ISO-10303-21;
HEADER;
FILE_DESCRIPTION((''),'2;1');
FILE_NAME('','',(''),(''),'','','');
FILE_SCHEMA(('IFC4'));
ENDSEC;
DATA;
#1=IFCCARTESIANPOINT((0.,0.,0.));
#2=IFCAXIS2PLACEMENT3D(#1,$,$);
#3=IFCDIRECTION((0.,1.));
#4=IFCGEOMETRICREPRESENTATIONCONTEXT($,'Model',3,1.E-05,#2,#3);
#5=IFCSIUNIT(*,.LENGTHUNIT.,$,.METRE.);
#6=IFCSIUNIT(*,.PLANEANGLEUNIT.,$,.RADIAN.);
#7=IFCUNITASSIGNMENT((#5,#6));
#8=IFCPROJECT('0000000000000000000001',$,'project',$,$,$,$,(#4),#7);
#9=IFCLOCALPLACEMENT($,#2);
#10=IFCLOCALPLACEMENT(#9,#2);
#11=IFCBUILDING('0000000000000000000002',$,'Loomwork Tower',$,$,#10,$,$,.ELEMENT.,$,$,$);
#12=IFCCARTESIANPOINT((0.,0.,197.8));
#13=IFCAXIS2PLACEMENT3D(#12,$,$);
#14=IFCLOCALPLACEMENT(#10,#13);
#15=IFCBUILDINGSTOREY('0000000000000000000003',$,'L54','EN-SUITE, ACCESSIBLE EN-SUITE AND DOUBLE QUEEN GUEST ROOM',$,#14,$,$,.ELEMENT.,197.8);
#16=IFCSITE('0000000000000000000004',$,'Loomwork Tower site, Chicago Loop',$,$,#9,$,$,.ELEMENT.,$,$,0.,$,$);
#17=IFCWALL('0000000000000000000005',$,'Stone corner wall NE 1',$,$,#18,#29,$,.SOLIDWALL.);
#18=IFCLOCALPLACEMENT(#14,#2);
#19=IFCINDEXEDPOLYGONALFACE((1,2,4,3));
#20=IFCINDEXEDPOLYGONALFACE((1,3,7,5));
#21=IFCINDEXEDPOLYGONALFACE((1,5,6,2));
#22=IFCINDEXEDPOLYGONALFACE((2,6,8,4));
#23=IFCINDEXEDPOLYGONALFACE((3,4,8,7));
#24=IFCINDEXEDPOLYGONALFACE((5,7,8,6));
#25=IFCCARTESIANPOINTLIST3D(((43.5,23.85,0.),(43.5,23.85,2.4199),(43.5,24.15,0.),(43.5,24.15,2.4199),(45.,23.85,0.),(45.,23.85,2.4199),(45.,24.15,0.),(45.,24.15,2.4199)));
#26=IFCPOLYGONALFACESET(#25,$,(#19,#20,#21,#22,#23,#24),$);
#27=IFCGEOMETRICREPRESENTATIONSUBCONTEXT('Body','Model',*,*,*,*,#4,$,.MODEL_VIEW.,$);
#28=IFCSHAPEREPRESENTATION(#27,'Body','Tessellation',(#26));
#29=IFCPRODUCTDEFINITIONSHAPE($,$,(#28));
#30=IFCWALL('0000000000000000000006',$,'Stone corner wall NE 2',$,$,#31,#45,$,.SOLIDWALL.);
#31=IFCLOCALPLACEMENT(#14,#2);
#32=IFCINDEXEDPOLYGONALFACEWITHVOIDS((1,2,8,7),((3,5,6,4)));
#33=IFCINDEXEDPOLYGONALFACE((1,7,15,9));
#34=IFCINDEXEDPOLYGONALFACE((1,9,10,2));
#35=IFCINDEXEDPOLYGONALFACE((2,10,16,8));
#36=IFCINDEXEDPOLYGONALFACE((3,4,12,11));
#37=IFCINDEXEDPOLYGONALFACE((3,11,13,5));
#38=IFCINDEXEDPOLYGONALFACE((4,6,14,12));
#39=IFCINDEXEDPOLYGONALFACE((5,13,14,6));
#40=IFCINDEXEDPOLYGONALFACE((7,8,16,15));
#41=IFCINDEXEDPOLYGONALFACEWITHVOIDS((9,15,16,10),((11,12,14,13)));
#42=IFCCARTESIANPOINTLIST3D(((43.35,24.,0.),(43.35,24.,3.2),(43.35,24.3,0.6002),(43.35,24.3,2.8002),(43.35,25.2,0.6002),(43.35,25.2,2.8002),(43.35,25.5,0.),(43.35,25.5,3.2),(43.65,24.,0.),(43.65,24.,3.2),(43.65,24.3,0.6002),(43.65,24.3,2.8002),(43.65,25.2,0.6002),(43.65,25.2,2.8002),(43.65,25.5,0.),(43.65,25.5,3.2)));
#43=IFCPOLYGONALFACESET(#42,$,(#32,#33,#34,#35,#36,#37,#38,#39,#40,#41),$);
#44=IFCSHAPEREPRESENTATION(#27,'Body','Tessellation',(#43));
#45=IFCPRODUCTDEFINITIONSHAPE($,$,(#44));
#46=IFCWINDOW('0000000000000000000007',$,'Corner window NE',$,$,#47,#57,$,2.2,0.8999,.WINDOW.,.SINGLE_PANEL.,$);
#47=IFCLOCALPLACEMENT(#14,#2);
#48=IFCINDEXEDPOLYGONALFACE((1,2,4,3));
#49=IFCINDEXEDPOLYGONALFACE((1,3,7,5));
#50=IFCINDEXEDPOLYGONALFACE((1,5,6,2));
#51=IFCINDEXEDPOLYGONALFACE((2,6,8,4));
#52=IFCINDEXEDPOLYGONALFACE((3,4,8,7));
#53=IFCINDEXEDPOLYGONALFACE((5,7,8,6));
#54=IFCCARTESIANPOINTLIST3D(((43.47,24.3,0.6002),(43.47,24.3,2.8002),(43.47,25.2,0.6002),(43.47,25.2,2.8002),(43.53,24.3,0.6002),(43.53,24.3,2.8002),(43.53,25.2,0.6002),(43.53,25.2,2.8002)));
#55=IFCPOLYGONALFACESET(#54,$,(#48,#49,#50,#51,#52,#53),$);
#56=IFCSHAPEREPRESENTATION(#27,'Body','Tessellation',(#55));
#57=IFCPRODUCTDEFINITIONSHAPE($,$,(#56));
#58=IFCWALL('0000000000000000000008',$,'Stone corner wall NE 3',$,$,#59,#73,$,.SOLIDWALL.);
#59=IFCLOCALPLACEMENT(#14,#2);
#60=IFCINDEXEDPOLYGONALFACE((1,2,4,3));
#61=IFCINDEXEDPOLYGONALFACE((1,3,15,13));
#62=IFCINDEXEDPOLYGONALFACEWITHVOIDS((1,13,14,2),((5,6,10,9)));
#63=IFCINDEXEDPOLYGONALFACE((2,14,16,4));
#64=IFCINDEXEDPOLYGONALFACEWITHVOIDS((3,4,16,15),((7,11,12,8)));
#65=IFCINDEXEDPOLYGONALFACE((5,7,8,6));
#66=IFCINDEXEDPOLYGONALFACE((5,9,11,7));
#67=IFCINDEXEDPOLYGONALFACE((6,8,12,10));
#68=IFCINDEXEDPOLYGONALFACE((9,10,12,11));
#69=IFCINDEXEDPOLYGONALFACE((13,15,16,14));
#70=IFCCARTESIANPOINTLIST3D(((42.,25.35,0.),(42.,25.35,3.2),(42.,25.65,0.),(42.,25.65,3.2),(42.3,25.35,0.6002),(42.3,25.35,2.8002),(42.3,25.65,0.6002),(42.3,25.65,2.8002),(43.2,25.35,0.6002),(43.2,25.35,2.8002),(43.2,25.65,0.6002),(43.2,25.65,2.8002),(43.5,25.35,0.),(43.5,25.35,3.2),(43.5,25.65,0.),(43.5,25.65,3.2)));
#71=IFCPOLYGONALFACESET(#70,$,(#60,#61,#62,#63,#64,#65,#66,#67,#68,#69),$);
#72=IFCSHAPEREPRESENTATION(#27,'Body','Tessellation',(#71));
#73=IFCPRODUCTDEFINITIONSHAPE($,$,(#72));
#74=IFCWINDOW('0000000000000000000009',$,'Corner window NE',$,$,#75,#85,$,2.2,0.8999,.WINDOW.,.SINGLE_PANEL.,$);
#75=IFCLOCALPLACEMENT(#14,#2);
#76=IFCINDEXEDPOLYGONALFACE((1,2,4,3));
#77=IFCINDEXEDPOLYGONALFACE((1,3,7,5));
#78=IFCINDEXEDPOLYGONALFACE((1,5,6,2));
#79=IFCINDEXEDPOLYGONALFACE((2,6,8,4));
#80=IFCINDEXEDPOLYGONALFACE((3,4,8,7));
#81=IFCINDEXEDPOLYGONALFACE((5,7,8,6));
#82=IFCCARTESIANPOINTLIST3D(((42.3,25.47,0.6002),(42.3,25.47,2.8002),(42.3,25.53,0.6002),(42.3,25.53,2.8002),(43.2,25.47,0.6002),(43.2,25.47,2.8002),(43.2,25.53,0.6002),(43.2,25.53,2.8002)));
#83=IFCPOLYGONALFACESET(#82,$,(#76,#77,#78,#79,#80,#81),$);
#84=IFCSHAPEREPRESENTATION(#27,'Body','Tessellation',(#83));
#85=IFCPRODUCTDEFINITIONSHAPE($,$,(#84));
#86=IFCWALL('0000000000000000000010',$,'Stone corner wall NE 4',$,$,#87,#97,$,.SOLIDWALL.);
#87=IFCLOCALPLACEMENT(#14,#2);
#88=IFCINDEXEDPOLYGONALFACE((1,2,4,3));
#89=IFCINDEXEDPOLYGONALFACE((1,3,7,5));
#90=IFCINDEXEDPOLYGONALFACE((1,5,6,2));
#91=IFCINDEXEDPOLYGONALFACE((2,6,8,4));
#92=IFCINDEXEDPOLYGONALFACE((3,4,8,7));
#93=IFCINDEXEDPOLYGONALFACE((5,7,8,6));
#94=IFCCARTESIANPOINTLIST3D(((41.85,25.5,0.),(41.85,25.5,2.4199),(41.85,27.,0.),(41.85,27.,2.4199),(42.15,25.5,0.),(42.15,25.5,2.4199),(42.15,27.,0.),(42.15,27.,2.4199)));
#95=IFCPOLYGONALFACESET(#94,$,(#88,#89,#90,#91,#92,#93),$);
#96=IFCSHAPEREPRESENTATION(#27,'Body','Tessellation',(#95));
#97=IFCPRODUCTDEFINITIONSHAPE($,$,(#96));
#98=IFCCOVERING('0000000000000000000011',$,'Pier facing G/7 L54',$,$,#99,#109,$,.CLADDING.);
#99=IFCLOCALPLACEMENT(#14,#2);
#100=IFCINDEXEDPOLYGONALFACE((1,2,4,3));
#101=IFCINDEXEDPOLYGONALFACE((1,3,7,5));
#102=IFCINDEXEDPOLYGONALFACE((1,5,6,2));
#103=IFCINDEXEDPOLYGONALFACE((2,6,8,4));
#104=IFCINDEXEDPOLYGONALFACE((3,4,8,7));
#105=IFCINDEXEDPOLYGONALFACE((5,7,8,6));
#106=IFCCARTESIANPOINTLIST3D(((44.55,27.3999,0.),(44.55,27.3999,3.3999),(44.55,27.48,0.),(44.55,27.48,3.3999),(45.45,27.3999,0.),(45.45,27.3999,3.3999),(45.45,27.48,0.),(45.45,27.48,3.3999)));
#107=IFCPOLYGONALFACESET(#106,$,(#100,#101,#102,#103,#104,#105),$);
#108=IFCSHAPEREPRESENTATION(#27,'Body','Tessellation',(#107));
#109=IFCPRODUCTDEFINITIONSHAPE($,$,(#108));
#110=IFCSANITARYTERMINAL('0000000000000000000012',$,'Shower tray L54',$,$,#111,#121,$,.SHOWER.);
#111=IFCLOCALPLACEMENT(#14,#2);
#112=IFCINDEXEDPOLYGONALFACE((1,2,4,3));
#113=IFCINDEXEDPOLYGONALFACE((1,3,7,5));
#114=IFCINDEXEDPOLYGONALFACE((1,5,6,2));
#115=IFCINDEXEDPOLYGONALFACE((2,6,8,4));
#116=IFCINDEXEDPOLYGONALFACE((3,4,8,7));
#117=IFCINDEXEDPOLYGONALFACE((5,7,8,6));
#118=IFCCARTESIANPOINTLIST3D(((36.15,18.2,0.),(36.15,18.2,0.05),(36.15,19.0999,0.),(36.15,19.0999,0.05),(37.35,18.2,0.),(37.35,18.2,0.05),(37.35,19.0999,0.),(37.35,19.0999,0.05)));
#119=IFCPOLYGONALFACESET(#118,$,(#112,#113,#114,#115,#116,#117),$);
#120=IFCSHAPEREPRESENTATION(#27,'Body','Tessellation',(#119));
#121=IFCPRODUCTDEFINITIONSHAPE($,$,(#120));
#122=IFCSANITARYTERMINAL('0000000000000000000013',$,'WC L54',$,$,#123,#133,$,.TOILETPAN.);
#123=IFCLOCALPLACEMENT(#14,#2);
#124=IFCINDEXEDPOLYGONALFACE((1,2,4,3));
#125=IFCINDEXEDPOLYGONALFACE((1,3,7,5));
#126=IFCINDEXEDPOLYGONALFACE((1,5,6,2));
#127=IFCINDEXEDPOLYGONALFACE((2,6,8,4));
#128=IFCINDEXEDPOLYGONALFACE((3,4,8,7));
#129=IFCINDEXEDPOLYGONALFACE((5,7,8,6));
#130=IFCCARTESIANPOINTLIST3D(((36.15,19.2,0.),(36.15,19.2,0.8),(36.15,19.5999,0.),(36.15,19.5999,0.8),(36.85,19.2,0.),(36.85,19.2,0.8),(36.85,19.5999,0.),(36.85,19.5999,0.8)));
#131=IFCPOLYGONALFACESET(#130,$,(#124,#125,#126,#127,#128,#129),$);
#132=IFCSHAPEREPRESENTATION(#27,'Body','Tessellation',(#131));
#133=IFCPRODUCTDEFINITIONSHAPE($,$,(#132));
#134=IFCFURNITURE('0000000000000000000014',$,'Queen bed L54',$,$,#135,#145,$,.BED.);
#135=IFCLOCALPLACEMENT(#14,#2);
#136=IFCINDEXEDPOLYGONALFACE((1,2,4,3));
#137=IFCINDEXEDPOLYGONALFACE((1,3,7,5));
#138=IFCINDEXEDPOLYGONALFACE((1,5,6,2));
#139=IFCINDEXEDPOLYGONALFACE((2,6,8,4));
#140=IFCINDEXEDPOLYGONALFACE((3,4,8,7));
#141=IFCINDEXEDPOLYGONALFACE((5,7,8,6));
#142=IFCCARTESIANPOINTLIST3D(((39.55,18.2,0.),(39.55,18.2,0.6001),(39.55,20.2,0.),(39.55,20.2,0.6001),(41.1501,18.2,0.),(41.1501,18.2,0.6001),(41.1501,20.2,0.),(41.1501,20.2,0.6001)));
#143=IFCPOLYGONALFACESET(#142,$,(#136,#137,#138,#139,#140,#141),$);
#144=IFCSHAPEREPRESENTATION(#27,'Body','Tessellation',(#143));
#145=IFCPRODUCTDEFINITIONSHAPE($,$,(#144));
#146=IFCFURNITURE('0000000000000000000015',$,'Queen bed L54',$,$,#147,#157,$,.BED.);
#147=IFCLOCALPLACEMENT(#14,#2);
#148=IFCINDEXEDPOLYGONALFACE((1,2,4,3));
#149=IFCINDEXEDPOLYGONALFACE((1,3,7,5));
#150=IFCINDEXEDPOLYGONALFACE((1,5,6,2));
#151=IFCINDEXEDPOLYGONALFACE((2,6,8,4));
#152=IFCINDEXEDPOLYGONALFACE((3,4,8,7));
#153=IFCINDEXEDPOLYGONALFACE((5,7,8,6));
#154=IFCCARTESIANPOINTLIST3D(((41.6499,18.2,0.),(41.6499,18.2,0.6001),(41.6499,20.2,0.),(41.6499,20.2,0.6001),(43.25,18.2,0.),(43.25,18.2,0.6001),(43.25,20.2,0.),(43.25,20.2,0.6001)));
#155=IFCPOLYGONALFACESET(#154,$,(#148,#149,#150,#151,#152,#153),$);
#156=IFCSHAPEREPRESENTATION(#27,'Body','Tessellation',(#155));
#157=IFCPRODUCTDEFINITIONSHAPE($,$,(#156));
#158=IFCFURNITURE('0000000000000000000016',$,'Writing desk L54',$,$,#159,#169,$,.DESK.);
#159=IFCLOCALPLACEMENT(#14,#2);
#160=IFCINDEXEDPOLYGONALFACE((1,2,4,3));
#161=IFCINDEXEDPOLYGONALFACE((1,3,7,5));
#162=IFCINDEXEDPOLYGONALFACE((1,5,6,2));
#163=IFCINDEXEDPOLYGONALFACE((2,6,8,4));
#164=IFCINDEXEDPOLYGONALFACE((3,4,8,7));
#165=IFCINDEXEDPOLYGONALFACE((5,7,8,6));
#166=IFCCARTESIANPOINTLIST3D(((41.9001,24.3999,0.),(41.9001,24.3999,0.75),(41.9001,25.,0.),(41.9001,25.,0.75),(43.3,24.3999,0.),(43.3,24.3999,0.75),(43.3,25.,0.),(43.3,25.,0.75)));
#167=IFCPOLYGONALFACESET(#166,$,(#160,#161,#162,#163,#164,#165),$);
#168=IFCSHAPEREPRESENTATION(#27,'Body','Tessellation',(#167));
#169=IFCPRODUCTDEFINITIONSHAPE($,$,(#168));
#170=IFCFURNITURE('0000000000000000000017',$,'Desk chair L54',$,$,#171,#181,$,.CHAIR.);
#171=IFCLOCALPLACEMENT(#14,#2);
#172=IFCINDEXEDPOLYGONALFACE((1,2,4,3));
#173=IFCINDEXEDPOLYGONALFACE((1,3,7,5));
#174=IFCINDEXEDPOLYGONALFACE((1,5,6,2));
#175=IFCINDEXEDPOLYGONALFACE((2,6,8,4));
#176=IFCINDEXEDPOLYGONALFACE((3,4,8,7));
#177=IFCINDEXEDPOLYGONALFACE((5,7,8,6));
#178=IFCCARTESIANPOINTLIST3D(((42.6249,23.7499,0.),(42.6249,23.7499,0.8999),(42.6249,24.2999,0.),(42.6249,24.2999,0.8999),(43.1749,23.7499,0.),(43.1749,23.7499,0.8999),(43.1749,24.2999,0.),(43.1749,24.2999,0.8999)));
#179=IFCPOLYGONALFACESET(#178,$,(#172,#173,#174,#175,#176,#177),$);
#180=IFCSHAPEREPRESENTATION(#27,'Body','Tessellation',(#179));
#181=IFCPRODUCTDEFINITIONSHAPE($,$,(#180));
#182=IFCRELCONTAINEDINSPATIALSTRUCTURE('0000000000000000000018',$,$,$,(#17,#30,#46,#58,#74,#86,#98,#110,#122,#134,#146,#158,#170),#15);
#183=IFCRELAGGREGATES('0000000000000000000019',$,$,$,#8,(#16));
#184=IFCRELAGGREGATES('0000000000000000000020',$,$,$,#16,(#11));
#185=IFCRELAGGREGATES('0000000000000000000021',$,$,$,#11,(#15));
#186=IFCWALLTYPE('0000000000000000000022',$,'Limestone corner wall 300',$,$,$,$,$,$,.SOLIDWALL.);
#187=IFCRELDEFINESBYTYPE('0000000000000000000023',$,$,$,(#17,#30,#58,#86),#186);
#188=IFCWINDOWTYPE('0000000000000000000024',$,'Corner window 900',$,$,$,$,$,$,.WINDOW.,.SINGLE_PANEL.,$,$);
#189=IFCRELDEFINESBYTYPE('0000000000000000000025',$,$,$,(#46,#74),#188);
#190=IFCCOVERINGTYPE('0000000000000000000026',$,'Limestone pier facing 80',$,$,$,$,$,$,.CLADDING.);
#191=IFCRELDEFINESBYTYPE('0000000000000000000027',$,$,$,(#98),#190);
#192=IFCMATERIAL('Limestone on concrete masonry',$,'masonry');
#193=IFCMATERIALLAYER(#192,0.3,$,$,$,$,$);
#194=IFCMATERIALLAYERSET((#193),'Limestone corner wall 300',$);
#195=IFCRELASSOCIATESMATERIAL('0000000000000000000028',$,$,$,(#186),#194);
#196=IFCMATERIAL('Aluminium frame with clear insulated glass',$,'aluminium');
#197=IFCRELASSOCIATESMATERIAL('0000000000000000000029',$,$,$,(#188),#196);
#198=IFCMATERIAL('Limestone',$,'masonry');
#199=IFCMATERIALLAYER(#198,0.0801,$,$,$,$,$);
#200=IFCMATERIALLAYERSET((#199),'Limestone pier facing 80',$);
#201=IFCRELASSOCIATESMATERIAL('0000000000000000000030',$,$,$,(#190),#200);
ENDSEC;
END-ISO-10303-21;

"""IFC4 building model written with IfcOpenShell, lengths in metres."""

from ifc_helpers import new_model, si_unit, direction, frame, frame_2d, origin, origin_2d, place, context, subcontext, project, spatial, rectangle, extrude, material, layer, layer_set, type_object, element, fill, save


model = new_model("IFC4")

# Units and contexts
model_context = context("Model", 3, precision=1e-05, world=origin(), true_north=direction((0.0, 1.0)))
body_context = subcontext(model_context, "Body", "Model", "MODEL_VIEW")
ifc_project = project(units=[si_unit("LENGTHUNIT", "METRE"), si_unit("PLANEANGLEUNIT", "RADIAN")], contexts=[model_context])

# Site, building, storey
site_placement = place(None, origin())
site = spatial("IfcSite", under=ifc_project, at=site_placement, Name="Loomwork Tower site, Chicago Loop", CompositionType="ELEMENT", RefElevation=0.0)
building_placement = place(site_placement, origin())
building = spatial("IfcBuilding", under=site, at=building_placement, Name="Loomwork Tower", CompositionType="ELEMENT")
storey_placement = place(building_placement, frame((0.0, 0.0, 197.8)))
storey = spatial("IfcBuildingStorey", under=building, at=storey_placement, Name="L54", Description="EN-SUITE, ACCESSIBLE EN-SUITE AND DOUBLE QUEEN GUEST ROOM", CompositionType="ELEMENT", Elevation=197.8)

# Wall
ifc_material_1 = material(Name="Limestone on concrete masonry", Category="masonry")
ifc_layer_1 = layer(ifc_material_1, 0.3)
ifc_layer_set_1 = layer_set([ifc_layer_1], Name="Limestone corner wall 300")
wall_type = type_object("IfcWallType", Name="Limestone corner wall 300", PredefinedType="SOLIDWALL", material=ifc_layer_set_1)
wall_1_placement = place(storey_placement, frame((45.0, 24.0, 0.0), z_axis=(0.0, 0.0, 1.0), x_axis=(-1.0, 0.0, 0.0)))
element("IfcWall", 1, at=wall_1_placement, inside=storey, type_object=wall_type, Name="Stone corner wall NE 1", PredefinedType="SOLIDWALL", context=body_context, shape_type="SweptSolid", body=[
    extrude(rectangle(XDim=1.5, YDim=0.3, at=frame_2d((0.75, 0.0))), origin(), (0.0, 0.0, 1.0), 2.4199),
])

# Walls, openings, windows
wall_2_placement = place(storey_placement, frame((43.5, 24.0, 0.0), z_axis=(0.0, 0.0, 1.0), x_axis=(0.0, 1.0, 0.0)))
wall_2 = element("IfcWall", 2, at=wall_2_placement, inside=storey, type_object=wall_type, Name="Stone corner wall NE 2", PredefinedType="SOLIDWALL", context=body_context, shape_type="SweptSolid", body=[
    extrude(rectangle(XDim=1.5, YDim=0.3, at=frame_2d((0.75, 0.0))), origin(), (0.0, 0.0, 1.0), 3.2),
])
opening_1_placement = place(wall_2_placement, frame((0.3, 0.0, 0.6001)))
opening_1 = element("IfcOpeningElement", 3, at=opening_1_placement, cuts=wall_2, PredefinedType="OPENING", context=body_context, shape_type="SweptSolid", body=[
    extrude(rectangle(XDim=0.8999, YDim=2.2, at=frame_2d((0.45, 1.1001))), frame((0.0, 0.1599, 0.0), z_axis=(0.0, -1.0, 0.0), x_axis=(1.0, 0.0, 0.0)), (0.0, 0.0, 1.0), 0.3201),
])
ifc_material_2 = material(Name="Aluminium frame with clear insulated glass", Category="aluminium")
window_type = type_object("IfcWindowType", Name="Corner window 900", PartitioningType="SINGLE_PANEL", PredefinedType="WINDOW", material=ifc_material_2)
window_1_placement = place(opening_1_placement, origin())
window_1 = element("IfcWindow", 4, at=window_1_placement, inside=storey, type_object=window_type, Name="Corner window NE", OverallHeight=2.2, OverallWidth=0.8999, PartitioningType="SINGLE_PANEL", PredefinedType="WINDOW", context=body_context, shape_type="SweptSolid", body=[
    extrude(rectangle(XDim=0.8999, YDim=2.2, at=frame_2d((0.45, 1.1001))), frame((0.0, 0.03, 0.0), z_axis=(0.0, -1.0, 0.0), x_axis=(1.0, 0.0, 0.0)), (0.0, 0.0, 1.0), 0.0601),
])
fill(opening_1, window_1)
wall_3_placement = place(storey_placement, frame((43.5, 25.5, 0.0), z_axis=(0.0, 0.0, 1.0), x_axis=(-1.0, 0.0, 0.0)))
wall_3 = element("IfcWall", 5, at=wall_3_placement, inside=storey, type_object=wall_type, Name="Stone corner wall NE 3", PredefinedType="SOLIDWALL", context=body_context, shape_type="SweptSolid", body=[
    extrude(rectangle(XDim=1.5, YDim=0.3, at=frame_2d((0.75, 0.0))), origin(), (0.0, 0.0, 1.0), 3.2),
])
opening_2_placement = place(wall_3_placement, frame((0.3, 0.0, 0.6001)))
opening_2 = element("IfcOpeningElement", 6, at=opening_2_placement, cuts=wall_3, PredefinedType="OPENING", context=body_context, shape_type="SweptSolid", body=[
    extrude(rectangle(XDim=0.8999, YDim=2.2, at=frame_2d((0.45, 1.1001))), frame((0.0, 0.1599, 0.0), z_axis=(0.0, -1.0, 0.0), x_axis=(1.0, 0.0, 0.0)), (0.0, 0.0, 1.0), 0.3201),
])
window_2_placement = place(opening_2_placement, origin())
window_2 = element("IfcWindow", 7, at=window_2_placement, inside=storey, type_object=window_type, Name="Corner window NE", OverallHeight=2.2, OverallWidth=0.8999, PartitioningType="SINGLE_PANEL", PredefinedType="WINDOW", context=body_context, shape_type="SweptSolid", body=[
    extrude(rectangle(XDim=0.8999, YDim=2.2, at=frame_2d((0.45, 1.1001))), frame((0.0, 0.03, 0.0), z_axis=(0.0, -1.0, 0.0), x_axis=(1.0, 0.0, 0.0)), (0.0, 0.0, 1.0), 0.0601),
])
fill(opening_2, window_2)

# Wall
wall_4_placement = place(storey_placement, frame((42.0, 25.5, 0.0), z_axis=(0.0, 0.0, 1.0), x_axis=(0.0, 1.0, 0.0)))
element("IfcWall", 8, at=wall_4_placement, inside=storey, type_object=wall_type, Name="Stone corner wall NE 4", PredefinedType="SOLIDWALL", context=body_context, shape_type="SweptSolid", body=[
    extrude(rectangle(XDim=1.5, YDim=0.3, at=frame_2d((0.75, 0.0))), origin(), (0.0, 0.0, 1.0), 2.4199),
])

# Covering
ifc_material_3 = material(Name="Limestone", Category="masonry")
ifc_layer_2 = layer(ifc_material_3, 0.0801)
ifc_layer_set_2 = layer_set([ifc_layer_2], Name="Limestone pier facing 80")
covering_type = type_object("IfcCoveringType", Name="Limestone pier facing 80", PredefinedType="CLADDING", material=ifc_layer_set_2)
covering_placement = place(storey_placement, frame((45.0, 27.4399, 0.0), z_axis=(0.0, 0.0, 1.0), x_axis=(1.0, 0.0, 0.0)))
element("IfcCovering", 9, at=covering_placement, inside=storey, type_object=covering_type, Name="Pier facing G/7 L54", PredefinedType="CLADDING", context=body_context, shape_type="SweptSolid", body=[
    extrude(rectangle(XDim=0.8999, YDim=0.0801, at=origin_2d()), origin(), (0.0, 0.0, 1.0), 3.3999),
])

# Sanitary terminals
sanitary_terminal_1_placement = place(storey_placement, frame((36.75, 18.6499, 0.0), z_axis=(0.0, 0.0, 1.0), x_axis=(1.0, 0.0, 0.0)))
element("IfcSanitaryTerminal", 10, at=sanitary_terminal_1_placement, inside=storey, Name="Shower tray L54", PredefinedType="SHOWER", context=body_context, shape_type="SweptSolid", body=[
    extrude(rectangle(XDim=1.2, YDim=0.8999, at=origin_2d()), origin(), (0.0, 0.0, 1.0), 0.05),
])
sanitary_terminal_2_placement = place(storey_placement, frame((36.5, 19.3999, 0.0), z_axis=(0.0, 0.0, 1.0), x_axis=(1.0, 0.0, 0.0)))
element("IfcSanitaryTerminal", 11, at=sanitary_terminal_2_placement, inside=storey, Name="WC L54", PredefinedType="TOILETPAN", context=body_context, shape_type="SweptSolid", body=[
    extrude(rectangle(XDim=0.7, YDim=0.3999, at=origin_2d()), origin(), (0.0, 0.0, 1.0), 0.8),
])

# Furniture
for number, where, z_axis, x_axis, name in (
    (12, (40.3501, 19.2, 0.0), (0.0, 0.0, 1.0), (1.0, 0.0, 0.0), "Queen bed L54"),
    (13, (42.45, 19.2, 0.0), (0.0, 0.0, 1.0), (1.0, 0.0, 0.0), "Queen bed L54"),
):
    element("IfcFurniture", number, at=place(storey_placement, frame(where, z_axis=z_axis, x_axis=x_axis)), inside=storey, Name=name, PredefinedType="BED", context=body_context, shape_type="SweptSolid", body=[
        extrude(rectangle(XDim=1.6001, YDim=2.0, at=origin_2d()), origin(), (0.0, 0.0, 1.0), 0.6001),
    ])
furniture_1_placement = place(storey_placement, frame((42.6001, 24.7, 0.0), z_axis=(0.0, 0.0, 1.0), x_axis=(1.0, 0.0, 0.0)))
element("IfcFurniture", 14, at=furniture_1_placement, inside=storey, Name="Writing desk L54", PredefinedType="DESK", context=body_context, shape_type="SweptSolid", body=[
    extrude(rectangle(XDim=1.3999, YDim=0.6001, at=origin_2d()), origin(), (0.0, 0.0, 1.0), 0.75),
])
furniture_2_placement = place(storey_placement, frame((42.8999, 24.0249, 0.0), z_axis=(0.0, 0.0, 1.0), x_axis=(1.0, 0.0, 0.0)))
element("IfcFurniture", 15, at=furniture_2_placement, inside=storey, Name="Desk chair L54", PredefinedType="CHAIR", context=body_context, shape_type="SweptSolid", body=[
    extrude(rectangle(XDim=0.55, YDim=0.55, at=origin_2d()), origin(), (0.0, 0.0, 1.0), 0.8999),
])

save(model, "model.ifc")
